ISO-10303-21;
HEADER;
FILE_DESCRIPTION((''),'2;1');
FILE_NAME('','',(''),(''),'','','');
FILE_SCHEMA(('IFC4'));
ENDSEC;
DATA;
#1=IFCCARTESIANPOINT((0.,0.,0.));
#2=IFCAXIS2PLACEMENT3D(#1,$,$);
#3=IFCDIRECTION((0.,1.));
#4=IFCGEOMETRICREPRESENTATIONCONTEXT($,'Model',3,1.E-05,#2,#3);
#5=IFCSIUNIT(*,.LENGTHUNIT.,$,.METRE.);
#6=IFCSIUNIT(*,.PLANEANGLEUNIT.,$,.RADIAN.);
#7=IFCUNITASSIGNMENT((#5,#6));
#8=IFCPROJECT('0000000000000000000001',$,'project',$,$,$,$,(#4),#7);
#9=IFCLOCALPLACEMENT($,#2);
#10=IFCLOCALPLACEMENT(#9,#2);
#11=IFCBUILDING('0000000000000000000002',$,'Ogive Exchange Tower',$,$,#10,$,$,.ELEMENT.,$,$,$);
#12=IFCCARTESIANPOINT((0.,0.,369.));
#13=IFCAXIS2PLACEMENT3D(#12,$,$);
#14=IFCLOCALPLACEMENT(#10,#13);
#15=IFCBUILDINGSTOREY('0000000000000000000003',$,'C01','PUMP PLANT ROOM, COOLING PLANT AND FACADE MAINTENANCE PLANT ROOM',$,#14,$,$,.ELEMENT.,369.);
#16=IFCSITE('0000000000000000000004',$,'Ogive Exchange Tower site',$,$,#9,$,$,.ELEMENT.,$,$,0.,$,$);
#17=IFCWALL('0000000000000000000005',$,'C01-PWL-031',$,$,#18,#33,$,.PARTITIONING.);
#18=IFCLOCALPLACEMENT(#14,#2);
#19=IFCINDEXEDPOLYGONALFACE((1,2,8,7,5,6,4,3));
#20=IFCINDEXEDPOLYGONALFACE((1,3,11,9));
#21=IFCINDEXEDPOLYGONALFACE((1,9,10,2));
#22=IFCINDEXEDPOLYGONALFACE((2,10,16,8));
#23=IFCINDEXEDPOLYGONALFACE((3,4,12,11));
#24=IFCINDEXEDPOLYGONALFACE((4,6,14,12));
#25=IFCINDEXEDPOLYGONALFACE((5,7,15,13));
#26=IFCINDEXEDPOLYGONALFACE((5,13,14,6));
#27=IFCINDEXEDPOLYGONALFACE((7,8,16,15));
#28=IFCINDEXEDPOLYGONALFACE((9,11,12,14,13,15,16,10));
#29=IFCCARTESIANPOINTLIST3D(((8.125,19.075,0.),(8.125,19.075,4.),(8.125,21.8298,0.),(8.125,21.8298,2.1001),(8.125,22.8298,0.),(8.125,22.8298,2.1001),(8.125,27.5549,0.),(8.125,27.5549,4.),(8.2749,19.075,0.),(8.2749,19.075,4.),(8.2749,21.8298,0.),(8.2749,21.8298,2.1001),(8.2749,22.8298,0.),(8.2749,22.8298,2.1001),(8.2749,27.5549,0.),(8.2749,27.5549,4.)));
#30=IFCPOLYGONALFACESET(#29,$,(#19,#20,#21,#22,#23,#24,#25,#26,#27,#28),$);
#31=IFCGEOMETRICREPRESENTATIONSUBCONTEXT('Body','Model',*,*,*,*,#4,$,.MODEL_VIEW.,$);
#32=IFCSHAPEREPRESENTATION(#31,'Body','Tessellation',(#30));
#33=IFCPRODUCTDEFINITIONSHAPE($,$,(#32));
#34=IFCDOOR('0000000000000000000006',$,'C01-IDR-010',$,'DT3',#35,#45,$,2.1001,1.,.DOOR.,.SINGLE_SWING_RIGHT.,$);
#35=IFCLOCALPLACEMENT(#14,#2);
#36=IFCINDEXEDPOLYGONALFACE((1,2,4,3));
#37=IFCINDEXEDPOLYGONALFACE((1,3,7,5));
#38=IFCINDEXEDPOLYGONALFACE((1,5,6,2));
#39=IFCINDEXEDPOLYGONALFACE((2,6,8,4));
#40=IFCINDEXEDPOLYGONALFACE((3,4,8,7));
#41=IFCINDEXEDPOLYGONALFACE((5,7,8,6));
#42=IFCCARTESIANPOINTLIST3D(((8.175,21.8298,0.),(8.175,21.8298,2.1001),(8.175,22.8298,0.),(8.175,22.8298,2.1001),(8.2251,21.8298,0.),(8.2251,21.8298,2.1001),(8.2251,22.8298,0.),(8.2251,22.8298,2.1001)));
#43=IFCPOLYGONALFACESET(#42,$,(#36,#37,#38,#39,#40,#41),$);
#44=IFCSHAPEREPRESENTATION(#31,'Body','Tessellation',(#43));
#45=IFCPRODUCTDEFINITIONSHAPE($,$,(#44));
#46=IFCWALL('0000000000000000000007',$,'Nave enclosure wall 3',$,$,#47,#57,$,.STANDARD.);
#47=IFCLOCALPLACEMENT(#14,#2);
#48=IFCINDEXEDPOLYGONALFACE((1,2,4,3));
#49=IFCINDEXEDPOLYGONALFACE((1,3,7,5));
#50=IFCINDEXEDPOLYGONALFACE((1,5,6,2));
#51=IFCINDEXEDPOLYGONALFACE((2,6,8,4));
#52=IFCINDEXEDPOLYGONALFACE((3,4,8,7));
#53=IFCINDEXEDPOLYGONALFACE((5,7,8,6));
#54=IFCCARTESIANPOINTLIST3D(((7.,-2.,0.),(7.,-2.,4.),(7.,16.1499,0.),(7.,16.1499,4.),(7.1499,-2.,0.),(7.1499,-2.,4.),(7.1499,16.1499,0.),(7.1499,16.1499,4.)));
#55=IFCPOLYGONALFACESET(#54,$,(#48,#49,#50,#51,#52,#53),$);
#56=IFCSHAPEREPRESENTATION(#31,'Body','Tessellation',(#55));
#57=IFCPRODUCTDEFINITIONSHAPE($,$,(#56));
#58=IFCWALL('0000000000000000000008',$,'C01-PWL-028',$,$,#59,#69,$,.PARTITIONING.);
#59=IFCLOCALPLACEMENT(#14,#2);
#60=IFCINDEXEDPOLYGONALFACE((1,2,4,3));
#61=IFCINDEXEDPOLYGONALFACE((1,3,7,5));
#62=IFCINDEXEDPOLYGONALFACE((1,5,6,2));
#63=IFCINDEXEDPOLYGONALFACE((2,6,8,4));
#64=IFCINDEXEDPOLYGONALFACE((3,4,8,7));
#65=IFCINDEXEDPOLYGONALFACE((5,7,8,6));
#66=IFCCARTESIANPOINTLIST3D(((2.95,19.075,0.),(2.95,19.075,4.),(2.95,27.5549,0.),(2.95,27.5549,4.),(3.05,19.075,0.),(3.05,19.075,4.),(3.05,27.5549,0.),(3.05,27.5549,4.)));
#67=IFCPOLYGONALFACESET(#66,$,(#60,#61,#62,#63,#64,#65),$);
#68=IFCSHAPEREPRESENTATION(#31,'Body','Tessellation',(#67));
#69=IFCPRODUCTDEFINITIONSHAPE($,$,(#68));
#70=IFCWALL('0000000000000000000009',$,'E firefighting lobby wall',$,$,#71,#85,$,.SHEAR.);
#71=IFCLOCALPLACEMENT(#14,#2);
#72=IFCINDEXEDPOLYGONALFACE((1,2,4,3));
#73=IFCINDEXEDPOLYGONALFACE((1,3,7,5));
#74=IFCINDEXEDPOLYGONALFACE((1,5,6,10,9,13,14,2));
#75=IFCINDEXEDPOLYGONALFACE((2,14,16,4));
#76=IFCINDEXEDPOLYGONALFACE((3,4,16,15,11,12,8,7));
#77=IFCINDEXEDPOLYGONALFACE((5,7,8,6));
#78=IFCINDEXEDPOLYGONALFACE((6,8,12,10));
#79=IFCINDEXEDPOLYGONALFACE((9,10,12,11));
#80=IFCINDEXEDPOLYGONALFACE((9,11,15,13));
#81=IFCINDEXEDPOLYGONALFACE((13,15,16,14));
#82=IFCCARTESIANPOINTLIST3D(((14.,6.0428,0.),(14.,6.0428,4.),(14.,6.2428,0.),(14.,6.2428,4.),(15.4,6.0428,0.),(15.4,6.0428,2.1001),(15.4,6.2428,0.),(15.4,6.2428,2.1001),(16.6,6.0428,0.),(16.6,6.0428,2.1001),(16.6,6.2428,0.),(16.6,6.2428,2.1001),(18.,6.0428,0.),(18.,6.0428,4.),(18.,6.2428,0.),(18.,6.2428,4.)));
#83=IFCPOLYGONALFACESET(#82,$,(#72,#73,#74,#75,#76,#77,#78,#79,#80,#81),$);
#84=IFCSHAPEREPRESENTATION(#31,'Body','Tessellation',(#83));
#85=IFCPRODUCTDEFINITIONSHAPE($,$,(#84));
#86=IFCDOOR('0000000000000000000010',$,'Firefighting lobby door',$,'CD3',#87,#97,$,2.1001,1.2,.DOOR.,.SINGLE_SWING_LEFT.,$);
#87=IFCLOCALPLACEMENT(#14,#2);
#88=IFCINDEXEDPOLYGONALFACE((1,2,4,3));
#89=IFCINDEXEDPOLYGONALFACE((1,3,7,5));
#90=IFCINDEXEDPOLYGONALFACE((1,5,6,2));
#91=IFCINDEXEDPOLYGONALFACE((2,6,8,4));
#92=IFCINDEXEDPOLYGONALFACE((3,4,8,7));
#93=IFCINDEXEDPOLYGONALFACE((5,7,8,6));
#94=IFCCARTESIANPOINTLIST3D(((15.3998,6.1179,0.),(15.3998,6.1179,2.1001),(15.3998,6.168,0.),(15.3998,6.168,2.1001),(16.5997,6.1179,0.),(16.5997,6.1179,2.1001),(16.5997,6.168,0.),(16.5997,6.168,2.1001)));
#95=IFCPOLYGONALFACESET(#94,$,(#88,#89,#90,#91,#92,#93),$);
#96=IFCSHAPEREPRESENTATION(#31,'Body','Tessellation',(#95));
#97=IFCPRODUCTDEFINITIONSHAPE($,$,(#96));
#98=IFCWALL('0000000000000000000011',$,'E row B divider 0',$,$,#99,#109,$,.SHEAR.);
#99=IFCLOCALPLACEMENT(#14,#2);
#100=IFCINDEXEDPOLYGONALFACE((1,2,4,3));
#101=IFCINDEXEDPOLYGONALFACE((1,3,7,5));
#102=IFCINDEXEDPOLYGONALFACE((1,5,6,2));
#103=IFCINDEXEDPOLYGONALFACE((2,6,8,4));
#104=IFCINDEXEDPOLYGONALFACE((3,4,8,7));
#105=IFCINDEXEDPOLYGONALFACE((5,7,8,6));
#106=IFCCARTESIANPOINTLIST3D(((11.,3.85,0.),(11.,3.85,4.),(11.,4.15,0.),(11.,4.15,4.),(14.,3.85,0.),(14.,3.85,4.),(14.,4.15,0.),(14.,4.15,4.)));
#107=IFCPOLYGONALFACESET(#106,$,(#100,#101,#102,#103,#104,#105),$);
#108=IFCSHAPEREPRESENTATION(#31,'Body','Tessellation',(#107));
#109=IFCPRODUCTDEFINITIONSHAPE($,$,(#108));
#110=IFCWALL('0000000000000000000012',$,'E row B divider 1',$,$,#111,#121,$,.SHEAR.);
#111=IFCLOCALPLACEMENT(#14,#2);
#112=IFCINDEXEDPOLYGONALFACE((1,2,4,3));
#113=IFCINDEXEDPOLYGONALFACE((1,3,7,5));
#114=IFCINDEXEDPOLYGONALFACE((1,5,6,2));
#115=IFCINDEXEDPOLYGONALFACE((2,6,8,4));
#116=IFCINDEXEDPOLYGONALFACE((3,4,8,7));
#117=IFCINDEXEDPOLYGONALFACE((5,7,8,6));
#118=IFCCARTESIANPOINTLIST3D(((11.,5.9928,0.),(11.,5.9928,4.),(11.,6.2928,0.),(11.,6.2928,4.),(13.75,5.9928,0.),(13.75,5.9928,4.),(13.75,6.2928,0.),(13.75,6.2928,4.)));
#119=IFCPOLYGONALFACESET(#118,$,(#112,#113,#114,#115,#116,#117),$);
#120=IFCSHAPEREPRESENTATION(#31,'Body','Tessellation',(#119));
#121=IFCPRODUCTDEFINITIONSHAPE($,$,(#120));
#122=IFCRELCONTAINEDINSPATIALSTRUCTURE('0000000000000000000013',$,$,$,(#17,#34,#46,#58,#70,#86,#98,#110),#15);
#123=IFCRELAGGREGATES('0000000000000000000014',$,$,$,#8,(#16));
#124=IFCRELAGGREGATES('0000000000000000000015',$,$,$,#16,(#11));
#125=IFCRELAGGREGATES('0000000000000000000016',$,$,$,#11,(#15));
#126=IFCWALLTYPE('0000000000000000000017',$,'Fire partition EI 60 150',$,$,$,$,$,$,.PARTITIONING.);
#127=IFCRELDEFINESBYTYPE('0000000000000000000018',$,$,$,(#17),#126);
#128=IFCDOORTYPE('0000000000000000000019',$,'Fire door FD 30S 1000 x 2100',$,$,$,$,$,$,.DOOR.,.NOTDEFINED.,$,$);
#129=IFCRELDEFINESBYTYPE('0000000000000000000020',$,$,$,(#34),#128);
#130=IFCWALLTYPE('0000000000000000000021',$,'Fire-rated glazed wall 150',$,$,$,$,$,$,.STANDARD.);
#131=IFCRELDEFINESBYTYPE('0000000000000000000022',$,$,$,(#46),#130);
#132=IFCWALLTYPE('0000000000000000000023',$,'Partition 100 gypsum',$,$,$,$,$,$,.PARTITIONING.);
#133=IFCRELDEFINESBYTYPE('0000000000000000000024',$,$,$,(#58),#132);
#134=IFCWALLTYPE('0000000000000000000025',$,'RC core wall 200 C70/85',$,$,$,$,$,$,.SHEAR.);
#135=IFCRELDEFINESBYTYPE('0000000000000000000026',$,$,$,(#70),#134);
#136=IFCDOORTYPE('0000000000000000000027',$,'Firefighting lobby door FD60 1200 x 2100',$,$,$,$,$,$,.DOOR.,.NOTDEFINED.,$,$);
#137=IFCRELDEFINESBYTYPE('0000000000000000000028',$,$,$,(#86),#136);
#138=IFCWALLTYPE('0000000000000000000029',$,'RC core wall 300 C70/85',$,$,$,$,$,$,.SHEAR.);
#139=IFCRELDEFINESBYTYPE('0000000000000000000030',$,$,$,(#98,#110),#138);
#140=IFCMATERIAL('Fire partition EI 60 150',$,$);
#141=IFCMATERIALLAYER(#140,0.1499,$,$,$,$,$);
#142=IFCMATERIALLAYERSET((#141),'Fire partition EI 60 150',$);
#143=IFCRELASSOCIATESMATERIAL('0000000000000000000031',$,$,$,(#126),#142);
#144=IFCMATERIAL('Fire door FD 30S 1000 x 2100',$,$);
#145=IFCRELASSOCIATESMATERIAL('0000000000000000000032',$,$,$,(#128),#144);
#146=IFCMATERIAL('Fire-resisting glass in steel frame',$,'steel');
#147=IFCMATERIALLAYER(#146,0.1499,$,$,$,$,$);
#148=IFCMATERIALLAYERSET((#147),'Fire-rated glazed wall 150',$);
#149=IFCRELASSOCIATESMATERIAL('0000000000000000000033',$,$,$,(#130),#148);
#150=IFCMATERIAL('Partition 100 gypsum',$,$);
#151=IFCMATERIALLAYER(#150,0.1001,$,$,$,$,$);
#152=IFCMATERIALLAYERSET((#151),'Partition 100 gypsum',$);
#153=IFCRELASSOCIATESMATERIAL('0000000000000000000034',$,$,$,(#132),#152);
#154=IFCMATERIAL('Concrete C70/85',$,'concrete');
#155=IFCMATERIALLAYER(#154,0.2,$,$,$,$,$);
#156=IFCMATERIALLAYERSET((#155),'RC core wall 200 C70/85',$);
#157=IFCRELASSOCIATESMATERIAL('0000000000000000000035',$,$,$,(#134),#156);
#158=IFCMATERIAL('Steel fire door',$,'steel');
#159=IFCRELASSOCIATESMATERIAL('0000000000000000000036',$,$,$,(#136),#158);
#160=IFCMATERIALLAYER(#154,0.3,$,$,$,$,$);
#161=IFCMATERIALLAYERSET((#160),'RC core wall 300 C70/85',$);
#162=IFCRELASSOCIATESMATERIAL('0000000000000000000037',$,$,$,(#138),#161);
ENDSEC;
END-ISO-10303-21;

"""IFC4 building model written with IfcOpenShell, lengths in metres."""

from ifc_helpers import new_model, si_unit, direction, frame, frame_2d, origin, place, context, subcontext, project, spatial, rectangle, extrude, material, layer, layer_set, type_object, element, fill, save


model = new_model("IFC4")

# Units and contexts
model_context = context("Model", 3, precision=1e-05, world=origin(), true_north=direction((0.0, 1.0)))
body_context = subcontext(model_context, "Body", "Model", "MODEL_VIEW")
ifc_project = project(units=[si_unit("LENGTHUNIT", "METRE"), si_unit("PLANEANGLEUNIT", "RADIAN")], contexts=[model_context])

# Site, building, storey
site_placement = place(None, origin())
site = spatial("IfcSite", under=ifc_project, at=site_placement, Name="Ogive Exchange Tower site", CompositionType="ELEMENT", RefElevation=0.0)
building_placement = place(site_placement, origin())
building = spatial("IfcBuilding", under=site, at=building_placement, Name="Ogive Exchange Tower", CompositionType="ELEMENT")
storey_placement = place(building_placement, frame((0.0, 0.0, 369.0)))
storey = spatial("IfcBuildingStorey", under=building, at=storey_placement, Name="C01", Description="PUMP PLANT ROOM, COOLING PLANT AND FACADE MAINTENANCE PLANT ROOM", CompositionType="ELEMENT", Elevation=369.0)

# Shared definitions
ifc_material_1 = material(Name="Fire partition EI 60 150")
ifc_layer_1 = layer(ifc_material_1, 0.1499)
ifc_layer_set_1 = layer_set([ifc_layer_1], Name="Fire partition EI 60 150")
wall_type_1 = type_object("IfcWallType", Name="Fire partition EI 60 150", PredefinedType="PARTITIONING", material=ifc_layer_set_1)

# Wall, opening, door
wall_1_placement = place(storey_placement, frame((8.2, 19.075, 0.0), z_axis=(0.0, 0.0, 1.0), x_axis=(0.0, 1.0, 0.0)))
wall_1 = element("IfcWall", 1, at=wall_1_placement, inside=storey, type_object=wall_type_1, Name="C01-PWL-031", PredefinedType="PARTITIONING", context=body_context, shape_type="SweptSolid", body=[
    extrude(rectangle(XDim=8.48, YDim=0.1499, at=frame_2d((4.24, 0.0))), origin(), (0.0, 0.0, 1.0), 4.0),
])
opening_1_placement = place(wall_1_placement, frame((2.7549, 0.0, 0.0)))
opening_1 = element("IfcOpeningElement", 2, at=opening_1_placement, cuts=wall_1, PredefinedType="OPENING", context=body_context, shape_type="SweptSolid", body=[
    extrude(rectangle(XDim=1.0, YDim=2.1001, at=frame_2d((0.5, 1.05))), frame((0.0, 0.085, 0.0), z_axis=(0.0, -1.0, 0.0), x_axis=(1.0, 0.0, 0.0)), (0.0, 0.0, 1.0), 0.1699),
])
ifc_material_2 = material(Name="Fire door FD 30S 1000 x 2100")
door_type_1 = type_object("IfcDoorType", Name="Fire door FD 30S 1000 x 2100", OperationType="NOTDEFINED", PredefinedType="DOOR", material=ifc_material_2)
door_1_placement = place(opening_1_placement, origin())
door_1 = element("IfcDoor", 3, at=door_1_placement, inside=storey, type_object=door_type_1, Name="C01-IDR-010", ObjectType="DT3", OperationType="SINGLE_SWING_RIGHT", OverallHeight=2.1001, OverallWidth=1.0, PredefinedType="DOOR", context=body_context, shape_type="SweptSolid", body=[
    extrude(rectangle(XDim=1.0, YDim=2.1001, at=frame_2d((0.5, 1.05))), frame((0.0, 0.0249, 0.0), z_axis=(0.0, -1.0, 0.0), x_axis=(1.0, 0.0, 0.0)), (0.0, 0.0, 1.0), 0.05),
])
fill(opening_1, door_1)

# Walls
ifc_material_3 = material(Name="Fire-resisting glass in steel frame", Category="steel")
ifc_layer_2 = layer(ifc_material_3, 0.1499)
ifc_layer_set_2 = layer_set([ifc_layer_2], Name="Fire-rated glazed wall 150")
wall_type_2 = type_object("IfcWallType", Name="Fire-rated glazed wall 150", PredefinedType="STANDARD", material=ifc_layer_set_2)
wall_2_placement = place(storey_placement, frame((7.075, 16.1499, 0.0), z_axis=(0.0, 0.0, 1.0), x_axis=(0.0, -1.0, 0.0)))
element("IfcWall", 4, at=wall_2_placement, inside=storey, type_object=wall_type_2, Name="Nave enclosure wall 3", PredefinedType="STANDARD", context=body_context, shape_type="SweptSolid", body=[
    extrude(rectangle(XDim=18.1499, YDim=0.1499, at=frame_2d((9.075, 0.0))), origin(), (0.0, 0.0, 1.0), 4.0),
])
ifc_material_4 = material(Name="Partition 100 gypsum")
ifc_layer_3 = layer(ifc_material_4, 0.1001)
ifc_layer_set_3 = layer_set([ifc_layer_3], Name="Partition 100 gypsum")
wall_type_3 = type_object("IfcWallType", Name="Partition 100 gypsum", PredefinedType="PARTITIONING", material=ifc_layer_set_3)
wall_3_placement = place(storey_placement, frame((3.0, 19.075, 0.0), z_axis=(0.0, 0.0, 1.0), x_axis=(0.0, 1.0, 0.0)))
element("IfcWall", 5, at=wall_3_placement, inside=storey, type_object=wall_type_3, Name="C01-PWL-028", PredefinedType="PARTITIONING", context=body_context, shape_type="SweptSolid", body=[
    extrude(rectangle(XDim=8.48, YDim=0.1001, at=frame_2d((4.24, 0.0))), origin(), (0.0, 0.0, 1.0), 4.0),
])

# Wall, opening, door
ifc_material_5 = material(Name="Concrete C70/85", Category="concrete")
ifc_layer_4 = layer(ifc_material_5, 0.2)
ifc_layer_set_4 = layer_set([ifc_layer_4], Name="RC core wall 200 C70/85")
wall_type_4 = type_object("IfcWallType", Name="RC core wall 200 C70/85", PredefinedType="SHEAR", material=ifc_layer_set_4)
wall_4_placement = place(storey_placement, frame((14.0, 6.1428, 0.0), z_axis=(0.0, 0.0, 1.0), x_axis=(1.0, 0.0, 0.0)))
wall_4 = element("IfcWall", 6, at=wall_4_placement, inside=storey, type_object=wall_type_4, Name="E firefighting lobby wall", PredefinedType="SHEAR", context=body_context, shape_type="SweptSolid", body=[
    extrude(rectangle(XDim=4.0, YDim=0.2, at=frame_2d((2.0, 0.0))), origin(), (0.0, 0.0, 1.0), 4.0),
])
opening_2_placement = place(wall_4_placement, frame((1.3999, 0.0, 0.0)))
opening_2 = element("IfcOpeningElement", 7, at=opening_2_placement, cuts=wall_4, PredefinedType="OPENING", context=body_context, shape_type="SweptSolid", body=[
    extrude(rectangle(XDim=1.2, YDim=2.1001, at=frame_2d((0.6001, 1.05))), frame((0.0, 0.1099, 0.0), z_axis=(0.0, -1.0, 0.0), x_axis=(1.0, 0.0, 0.0)), (0.0, 0.0, 1.0), 0.22),
])
ifc_material_6 = material(Name="Steel fire door", Category="steel")
door_type_2 = type_object("IfcDoorType", Name="Firefighting lobby door FD60 1200 x 2100", OperationType="NOTDEFINED", PredefinedType="DOOR", material=ifc_material_6)
door_2_placement = place(opening_2_placement, frame((1.2, 0.0, 0.0), z_axis=(0.0, 0.0, 1.0), x_axis=(-1.0, 0.0, 0.0)))
door_2 = element("IfcDoor", 8, at=door_2_placement, inside=storey, type_object=door_type_2, Name="Firefighting lobby door", ObjectType="CD3", OperationType="SINGLE_SWING_LEFT", OverallHeight=2.1001, OverallWidth=1.2, PredefinedType="DOOR", context=body_context, shape_type="SweptSolid", body=[
    extrude(rectangle(XDim=1.2, YDim=2.1001, at=frame_2d((0.6001, 1.05))), frame((0.0, 0.0249, 0.0), z_axis=(0.0, -1.0, 0.0), x_axis=(1.0, 0.0, 0.0)), (0.0, 0.0, 1.0), 0.05),
])
fill(opening_2, door_2)

# Walls
ifc_layer_5 = layer(ifc_material_5, 0.3)
ifc_layer_set_5 = layer_set([ifc_layer_5], Name="RC core wall 300 C70/85")
wall_type_5 = type_object("IfcWallType", Name="RC core wall 300 C70/85", PredefinedType="SHEAR", material=ifc_layer_set_5)
wall_5_placement = place(storey_placement, frame((11.0, 4.0, 0.0), z_axis=(0.0, 0.0, 1.0), x_axis=(1.0, 0.0, 0.0)))
element("IfcWall", 9, at=wall_5_placement, inside=storey, type_object=wall_type_5, Name="E row B divider 0", PredefinedType="SHEAR", context=body_context, shape_type="SweptSolid", body=[
    extrude(rectangle(XDim=3.0, YDim=0.3, at=frame_2d((1.5, 0.0))), origin(), (0.0, 0.0, 1.0), 4.0),
])
wall_6_placement = place(storey_placement, frame((11.0, 6.1428, 0.0), z_axis=(0.0, 0.0, 1.0), x_axis=(1.0, 0.0, 0.0)))
element("IfcWall", 10, at=wall_6_placement, inside=storey, type_object=wall_type_5, Name="E row B divider 1", PredefinedType="SHEAR", context=body_context, shape_type="SweptSolid", body=[
    extrude(rectangle(XDim=2.75, YDim=0.3, at=frame_2d((1.375, 0.0))), origin(), (0.0, 0.0, 1.0), 4.0),
])

save(model, "model.ifc")
